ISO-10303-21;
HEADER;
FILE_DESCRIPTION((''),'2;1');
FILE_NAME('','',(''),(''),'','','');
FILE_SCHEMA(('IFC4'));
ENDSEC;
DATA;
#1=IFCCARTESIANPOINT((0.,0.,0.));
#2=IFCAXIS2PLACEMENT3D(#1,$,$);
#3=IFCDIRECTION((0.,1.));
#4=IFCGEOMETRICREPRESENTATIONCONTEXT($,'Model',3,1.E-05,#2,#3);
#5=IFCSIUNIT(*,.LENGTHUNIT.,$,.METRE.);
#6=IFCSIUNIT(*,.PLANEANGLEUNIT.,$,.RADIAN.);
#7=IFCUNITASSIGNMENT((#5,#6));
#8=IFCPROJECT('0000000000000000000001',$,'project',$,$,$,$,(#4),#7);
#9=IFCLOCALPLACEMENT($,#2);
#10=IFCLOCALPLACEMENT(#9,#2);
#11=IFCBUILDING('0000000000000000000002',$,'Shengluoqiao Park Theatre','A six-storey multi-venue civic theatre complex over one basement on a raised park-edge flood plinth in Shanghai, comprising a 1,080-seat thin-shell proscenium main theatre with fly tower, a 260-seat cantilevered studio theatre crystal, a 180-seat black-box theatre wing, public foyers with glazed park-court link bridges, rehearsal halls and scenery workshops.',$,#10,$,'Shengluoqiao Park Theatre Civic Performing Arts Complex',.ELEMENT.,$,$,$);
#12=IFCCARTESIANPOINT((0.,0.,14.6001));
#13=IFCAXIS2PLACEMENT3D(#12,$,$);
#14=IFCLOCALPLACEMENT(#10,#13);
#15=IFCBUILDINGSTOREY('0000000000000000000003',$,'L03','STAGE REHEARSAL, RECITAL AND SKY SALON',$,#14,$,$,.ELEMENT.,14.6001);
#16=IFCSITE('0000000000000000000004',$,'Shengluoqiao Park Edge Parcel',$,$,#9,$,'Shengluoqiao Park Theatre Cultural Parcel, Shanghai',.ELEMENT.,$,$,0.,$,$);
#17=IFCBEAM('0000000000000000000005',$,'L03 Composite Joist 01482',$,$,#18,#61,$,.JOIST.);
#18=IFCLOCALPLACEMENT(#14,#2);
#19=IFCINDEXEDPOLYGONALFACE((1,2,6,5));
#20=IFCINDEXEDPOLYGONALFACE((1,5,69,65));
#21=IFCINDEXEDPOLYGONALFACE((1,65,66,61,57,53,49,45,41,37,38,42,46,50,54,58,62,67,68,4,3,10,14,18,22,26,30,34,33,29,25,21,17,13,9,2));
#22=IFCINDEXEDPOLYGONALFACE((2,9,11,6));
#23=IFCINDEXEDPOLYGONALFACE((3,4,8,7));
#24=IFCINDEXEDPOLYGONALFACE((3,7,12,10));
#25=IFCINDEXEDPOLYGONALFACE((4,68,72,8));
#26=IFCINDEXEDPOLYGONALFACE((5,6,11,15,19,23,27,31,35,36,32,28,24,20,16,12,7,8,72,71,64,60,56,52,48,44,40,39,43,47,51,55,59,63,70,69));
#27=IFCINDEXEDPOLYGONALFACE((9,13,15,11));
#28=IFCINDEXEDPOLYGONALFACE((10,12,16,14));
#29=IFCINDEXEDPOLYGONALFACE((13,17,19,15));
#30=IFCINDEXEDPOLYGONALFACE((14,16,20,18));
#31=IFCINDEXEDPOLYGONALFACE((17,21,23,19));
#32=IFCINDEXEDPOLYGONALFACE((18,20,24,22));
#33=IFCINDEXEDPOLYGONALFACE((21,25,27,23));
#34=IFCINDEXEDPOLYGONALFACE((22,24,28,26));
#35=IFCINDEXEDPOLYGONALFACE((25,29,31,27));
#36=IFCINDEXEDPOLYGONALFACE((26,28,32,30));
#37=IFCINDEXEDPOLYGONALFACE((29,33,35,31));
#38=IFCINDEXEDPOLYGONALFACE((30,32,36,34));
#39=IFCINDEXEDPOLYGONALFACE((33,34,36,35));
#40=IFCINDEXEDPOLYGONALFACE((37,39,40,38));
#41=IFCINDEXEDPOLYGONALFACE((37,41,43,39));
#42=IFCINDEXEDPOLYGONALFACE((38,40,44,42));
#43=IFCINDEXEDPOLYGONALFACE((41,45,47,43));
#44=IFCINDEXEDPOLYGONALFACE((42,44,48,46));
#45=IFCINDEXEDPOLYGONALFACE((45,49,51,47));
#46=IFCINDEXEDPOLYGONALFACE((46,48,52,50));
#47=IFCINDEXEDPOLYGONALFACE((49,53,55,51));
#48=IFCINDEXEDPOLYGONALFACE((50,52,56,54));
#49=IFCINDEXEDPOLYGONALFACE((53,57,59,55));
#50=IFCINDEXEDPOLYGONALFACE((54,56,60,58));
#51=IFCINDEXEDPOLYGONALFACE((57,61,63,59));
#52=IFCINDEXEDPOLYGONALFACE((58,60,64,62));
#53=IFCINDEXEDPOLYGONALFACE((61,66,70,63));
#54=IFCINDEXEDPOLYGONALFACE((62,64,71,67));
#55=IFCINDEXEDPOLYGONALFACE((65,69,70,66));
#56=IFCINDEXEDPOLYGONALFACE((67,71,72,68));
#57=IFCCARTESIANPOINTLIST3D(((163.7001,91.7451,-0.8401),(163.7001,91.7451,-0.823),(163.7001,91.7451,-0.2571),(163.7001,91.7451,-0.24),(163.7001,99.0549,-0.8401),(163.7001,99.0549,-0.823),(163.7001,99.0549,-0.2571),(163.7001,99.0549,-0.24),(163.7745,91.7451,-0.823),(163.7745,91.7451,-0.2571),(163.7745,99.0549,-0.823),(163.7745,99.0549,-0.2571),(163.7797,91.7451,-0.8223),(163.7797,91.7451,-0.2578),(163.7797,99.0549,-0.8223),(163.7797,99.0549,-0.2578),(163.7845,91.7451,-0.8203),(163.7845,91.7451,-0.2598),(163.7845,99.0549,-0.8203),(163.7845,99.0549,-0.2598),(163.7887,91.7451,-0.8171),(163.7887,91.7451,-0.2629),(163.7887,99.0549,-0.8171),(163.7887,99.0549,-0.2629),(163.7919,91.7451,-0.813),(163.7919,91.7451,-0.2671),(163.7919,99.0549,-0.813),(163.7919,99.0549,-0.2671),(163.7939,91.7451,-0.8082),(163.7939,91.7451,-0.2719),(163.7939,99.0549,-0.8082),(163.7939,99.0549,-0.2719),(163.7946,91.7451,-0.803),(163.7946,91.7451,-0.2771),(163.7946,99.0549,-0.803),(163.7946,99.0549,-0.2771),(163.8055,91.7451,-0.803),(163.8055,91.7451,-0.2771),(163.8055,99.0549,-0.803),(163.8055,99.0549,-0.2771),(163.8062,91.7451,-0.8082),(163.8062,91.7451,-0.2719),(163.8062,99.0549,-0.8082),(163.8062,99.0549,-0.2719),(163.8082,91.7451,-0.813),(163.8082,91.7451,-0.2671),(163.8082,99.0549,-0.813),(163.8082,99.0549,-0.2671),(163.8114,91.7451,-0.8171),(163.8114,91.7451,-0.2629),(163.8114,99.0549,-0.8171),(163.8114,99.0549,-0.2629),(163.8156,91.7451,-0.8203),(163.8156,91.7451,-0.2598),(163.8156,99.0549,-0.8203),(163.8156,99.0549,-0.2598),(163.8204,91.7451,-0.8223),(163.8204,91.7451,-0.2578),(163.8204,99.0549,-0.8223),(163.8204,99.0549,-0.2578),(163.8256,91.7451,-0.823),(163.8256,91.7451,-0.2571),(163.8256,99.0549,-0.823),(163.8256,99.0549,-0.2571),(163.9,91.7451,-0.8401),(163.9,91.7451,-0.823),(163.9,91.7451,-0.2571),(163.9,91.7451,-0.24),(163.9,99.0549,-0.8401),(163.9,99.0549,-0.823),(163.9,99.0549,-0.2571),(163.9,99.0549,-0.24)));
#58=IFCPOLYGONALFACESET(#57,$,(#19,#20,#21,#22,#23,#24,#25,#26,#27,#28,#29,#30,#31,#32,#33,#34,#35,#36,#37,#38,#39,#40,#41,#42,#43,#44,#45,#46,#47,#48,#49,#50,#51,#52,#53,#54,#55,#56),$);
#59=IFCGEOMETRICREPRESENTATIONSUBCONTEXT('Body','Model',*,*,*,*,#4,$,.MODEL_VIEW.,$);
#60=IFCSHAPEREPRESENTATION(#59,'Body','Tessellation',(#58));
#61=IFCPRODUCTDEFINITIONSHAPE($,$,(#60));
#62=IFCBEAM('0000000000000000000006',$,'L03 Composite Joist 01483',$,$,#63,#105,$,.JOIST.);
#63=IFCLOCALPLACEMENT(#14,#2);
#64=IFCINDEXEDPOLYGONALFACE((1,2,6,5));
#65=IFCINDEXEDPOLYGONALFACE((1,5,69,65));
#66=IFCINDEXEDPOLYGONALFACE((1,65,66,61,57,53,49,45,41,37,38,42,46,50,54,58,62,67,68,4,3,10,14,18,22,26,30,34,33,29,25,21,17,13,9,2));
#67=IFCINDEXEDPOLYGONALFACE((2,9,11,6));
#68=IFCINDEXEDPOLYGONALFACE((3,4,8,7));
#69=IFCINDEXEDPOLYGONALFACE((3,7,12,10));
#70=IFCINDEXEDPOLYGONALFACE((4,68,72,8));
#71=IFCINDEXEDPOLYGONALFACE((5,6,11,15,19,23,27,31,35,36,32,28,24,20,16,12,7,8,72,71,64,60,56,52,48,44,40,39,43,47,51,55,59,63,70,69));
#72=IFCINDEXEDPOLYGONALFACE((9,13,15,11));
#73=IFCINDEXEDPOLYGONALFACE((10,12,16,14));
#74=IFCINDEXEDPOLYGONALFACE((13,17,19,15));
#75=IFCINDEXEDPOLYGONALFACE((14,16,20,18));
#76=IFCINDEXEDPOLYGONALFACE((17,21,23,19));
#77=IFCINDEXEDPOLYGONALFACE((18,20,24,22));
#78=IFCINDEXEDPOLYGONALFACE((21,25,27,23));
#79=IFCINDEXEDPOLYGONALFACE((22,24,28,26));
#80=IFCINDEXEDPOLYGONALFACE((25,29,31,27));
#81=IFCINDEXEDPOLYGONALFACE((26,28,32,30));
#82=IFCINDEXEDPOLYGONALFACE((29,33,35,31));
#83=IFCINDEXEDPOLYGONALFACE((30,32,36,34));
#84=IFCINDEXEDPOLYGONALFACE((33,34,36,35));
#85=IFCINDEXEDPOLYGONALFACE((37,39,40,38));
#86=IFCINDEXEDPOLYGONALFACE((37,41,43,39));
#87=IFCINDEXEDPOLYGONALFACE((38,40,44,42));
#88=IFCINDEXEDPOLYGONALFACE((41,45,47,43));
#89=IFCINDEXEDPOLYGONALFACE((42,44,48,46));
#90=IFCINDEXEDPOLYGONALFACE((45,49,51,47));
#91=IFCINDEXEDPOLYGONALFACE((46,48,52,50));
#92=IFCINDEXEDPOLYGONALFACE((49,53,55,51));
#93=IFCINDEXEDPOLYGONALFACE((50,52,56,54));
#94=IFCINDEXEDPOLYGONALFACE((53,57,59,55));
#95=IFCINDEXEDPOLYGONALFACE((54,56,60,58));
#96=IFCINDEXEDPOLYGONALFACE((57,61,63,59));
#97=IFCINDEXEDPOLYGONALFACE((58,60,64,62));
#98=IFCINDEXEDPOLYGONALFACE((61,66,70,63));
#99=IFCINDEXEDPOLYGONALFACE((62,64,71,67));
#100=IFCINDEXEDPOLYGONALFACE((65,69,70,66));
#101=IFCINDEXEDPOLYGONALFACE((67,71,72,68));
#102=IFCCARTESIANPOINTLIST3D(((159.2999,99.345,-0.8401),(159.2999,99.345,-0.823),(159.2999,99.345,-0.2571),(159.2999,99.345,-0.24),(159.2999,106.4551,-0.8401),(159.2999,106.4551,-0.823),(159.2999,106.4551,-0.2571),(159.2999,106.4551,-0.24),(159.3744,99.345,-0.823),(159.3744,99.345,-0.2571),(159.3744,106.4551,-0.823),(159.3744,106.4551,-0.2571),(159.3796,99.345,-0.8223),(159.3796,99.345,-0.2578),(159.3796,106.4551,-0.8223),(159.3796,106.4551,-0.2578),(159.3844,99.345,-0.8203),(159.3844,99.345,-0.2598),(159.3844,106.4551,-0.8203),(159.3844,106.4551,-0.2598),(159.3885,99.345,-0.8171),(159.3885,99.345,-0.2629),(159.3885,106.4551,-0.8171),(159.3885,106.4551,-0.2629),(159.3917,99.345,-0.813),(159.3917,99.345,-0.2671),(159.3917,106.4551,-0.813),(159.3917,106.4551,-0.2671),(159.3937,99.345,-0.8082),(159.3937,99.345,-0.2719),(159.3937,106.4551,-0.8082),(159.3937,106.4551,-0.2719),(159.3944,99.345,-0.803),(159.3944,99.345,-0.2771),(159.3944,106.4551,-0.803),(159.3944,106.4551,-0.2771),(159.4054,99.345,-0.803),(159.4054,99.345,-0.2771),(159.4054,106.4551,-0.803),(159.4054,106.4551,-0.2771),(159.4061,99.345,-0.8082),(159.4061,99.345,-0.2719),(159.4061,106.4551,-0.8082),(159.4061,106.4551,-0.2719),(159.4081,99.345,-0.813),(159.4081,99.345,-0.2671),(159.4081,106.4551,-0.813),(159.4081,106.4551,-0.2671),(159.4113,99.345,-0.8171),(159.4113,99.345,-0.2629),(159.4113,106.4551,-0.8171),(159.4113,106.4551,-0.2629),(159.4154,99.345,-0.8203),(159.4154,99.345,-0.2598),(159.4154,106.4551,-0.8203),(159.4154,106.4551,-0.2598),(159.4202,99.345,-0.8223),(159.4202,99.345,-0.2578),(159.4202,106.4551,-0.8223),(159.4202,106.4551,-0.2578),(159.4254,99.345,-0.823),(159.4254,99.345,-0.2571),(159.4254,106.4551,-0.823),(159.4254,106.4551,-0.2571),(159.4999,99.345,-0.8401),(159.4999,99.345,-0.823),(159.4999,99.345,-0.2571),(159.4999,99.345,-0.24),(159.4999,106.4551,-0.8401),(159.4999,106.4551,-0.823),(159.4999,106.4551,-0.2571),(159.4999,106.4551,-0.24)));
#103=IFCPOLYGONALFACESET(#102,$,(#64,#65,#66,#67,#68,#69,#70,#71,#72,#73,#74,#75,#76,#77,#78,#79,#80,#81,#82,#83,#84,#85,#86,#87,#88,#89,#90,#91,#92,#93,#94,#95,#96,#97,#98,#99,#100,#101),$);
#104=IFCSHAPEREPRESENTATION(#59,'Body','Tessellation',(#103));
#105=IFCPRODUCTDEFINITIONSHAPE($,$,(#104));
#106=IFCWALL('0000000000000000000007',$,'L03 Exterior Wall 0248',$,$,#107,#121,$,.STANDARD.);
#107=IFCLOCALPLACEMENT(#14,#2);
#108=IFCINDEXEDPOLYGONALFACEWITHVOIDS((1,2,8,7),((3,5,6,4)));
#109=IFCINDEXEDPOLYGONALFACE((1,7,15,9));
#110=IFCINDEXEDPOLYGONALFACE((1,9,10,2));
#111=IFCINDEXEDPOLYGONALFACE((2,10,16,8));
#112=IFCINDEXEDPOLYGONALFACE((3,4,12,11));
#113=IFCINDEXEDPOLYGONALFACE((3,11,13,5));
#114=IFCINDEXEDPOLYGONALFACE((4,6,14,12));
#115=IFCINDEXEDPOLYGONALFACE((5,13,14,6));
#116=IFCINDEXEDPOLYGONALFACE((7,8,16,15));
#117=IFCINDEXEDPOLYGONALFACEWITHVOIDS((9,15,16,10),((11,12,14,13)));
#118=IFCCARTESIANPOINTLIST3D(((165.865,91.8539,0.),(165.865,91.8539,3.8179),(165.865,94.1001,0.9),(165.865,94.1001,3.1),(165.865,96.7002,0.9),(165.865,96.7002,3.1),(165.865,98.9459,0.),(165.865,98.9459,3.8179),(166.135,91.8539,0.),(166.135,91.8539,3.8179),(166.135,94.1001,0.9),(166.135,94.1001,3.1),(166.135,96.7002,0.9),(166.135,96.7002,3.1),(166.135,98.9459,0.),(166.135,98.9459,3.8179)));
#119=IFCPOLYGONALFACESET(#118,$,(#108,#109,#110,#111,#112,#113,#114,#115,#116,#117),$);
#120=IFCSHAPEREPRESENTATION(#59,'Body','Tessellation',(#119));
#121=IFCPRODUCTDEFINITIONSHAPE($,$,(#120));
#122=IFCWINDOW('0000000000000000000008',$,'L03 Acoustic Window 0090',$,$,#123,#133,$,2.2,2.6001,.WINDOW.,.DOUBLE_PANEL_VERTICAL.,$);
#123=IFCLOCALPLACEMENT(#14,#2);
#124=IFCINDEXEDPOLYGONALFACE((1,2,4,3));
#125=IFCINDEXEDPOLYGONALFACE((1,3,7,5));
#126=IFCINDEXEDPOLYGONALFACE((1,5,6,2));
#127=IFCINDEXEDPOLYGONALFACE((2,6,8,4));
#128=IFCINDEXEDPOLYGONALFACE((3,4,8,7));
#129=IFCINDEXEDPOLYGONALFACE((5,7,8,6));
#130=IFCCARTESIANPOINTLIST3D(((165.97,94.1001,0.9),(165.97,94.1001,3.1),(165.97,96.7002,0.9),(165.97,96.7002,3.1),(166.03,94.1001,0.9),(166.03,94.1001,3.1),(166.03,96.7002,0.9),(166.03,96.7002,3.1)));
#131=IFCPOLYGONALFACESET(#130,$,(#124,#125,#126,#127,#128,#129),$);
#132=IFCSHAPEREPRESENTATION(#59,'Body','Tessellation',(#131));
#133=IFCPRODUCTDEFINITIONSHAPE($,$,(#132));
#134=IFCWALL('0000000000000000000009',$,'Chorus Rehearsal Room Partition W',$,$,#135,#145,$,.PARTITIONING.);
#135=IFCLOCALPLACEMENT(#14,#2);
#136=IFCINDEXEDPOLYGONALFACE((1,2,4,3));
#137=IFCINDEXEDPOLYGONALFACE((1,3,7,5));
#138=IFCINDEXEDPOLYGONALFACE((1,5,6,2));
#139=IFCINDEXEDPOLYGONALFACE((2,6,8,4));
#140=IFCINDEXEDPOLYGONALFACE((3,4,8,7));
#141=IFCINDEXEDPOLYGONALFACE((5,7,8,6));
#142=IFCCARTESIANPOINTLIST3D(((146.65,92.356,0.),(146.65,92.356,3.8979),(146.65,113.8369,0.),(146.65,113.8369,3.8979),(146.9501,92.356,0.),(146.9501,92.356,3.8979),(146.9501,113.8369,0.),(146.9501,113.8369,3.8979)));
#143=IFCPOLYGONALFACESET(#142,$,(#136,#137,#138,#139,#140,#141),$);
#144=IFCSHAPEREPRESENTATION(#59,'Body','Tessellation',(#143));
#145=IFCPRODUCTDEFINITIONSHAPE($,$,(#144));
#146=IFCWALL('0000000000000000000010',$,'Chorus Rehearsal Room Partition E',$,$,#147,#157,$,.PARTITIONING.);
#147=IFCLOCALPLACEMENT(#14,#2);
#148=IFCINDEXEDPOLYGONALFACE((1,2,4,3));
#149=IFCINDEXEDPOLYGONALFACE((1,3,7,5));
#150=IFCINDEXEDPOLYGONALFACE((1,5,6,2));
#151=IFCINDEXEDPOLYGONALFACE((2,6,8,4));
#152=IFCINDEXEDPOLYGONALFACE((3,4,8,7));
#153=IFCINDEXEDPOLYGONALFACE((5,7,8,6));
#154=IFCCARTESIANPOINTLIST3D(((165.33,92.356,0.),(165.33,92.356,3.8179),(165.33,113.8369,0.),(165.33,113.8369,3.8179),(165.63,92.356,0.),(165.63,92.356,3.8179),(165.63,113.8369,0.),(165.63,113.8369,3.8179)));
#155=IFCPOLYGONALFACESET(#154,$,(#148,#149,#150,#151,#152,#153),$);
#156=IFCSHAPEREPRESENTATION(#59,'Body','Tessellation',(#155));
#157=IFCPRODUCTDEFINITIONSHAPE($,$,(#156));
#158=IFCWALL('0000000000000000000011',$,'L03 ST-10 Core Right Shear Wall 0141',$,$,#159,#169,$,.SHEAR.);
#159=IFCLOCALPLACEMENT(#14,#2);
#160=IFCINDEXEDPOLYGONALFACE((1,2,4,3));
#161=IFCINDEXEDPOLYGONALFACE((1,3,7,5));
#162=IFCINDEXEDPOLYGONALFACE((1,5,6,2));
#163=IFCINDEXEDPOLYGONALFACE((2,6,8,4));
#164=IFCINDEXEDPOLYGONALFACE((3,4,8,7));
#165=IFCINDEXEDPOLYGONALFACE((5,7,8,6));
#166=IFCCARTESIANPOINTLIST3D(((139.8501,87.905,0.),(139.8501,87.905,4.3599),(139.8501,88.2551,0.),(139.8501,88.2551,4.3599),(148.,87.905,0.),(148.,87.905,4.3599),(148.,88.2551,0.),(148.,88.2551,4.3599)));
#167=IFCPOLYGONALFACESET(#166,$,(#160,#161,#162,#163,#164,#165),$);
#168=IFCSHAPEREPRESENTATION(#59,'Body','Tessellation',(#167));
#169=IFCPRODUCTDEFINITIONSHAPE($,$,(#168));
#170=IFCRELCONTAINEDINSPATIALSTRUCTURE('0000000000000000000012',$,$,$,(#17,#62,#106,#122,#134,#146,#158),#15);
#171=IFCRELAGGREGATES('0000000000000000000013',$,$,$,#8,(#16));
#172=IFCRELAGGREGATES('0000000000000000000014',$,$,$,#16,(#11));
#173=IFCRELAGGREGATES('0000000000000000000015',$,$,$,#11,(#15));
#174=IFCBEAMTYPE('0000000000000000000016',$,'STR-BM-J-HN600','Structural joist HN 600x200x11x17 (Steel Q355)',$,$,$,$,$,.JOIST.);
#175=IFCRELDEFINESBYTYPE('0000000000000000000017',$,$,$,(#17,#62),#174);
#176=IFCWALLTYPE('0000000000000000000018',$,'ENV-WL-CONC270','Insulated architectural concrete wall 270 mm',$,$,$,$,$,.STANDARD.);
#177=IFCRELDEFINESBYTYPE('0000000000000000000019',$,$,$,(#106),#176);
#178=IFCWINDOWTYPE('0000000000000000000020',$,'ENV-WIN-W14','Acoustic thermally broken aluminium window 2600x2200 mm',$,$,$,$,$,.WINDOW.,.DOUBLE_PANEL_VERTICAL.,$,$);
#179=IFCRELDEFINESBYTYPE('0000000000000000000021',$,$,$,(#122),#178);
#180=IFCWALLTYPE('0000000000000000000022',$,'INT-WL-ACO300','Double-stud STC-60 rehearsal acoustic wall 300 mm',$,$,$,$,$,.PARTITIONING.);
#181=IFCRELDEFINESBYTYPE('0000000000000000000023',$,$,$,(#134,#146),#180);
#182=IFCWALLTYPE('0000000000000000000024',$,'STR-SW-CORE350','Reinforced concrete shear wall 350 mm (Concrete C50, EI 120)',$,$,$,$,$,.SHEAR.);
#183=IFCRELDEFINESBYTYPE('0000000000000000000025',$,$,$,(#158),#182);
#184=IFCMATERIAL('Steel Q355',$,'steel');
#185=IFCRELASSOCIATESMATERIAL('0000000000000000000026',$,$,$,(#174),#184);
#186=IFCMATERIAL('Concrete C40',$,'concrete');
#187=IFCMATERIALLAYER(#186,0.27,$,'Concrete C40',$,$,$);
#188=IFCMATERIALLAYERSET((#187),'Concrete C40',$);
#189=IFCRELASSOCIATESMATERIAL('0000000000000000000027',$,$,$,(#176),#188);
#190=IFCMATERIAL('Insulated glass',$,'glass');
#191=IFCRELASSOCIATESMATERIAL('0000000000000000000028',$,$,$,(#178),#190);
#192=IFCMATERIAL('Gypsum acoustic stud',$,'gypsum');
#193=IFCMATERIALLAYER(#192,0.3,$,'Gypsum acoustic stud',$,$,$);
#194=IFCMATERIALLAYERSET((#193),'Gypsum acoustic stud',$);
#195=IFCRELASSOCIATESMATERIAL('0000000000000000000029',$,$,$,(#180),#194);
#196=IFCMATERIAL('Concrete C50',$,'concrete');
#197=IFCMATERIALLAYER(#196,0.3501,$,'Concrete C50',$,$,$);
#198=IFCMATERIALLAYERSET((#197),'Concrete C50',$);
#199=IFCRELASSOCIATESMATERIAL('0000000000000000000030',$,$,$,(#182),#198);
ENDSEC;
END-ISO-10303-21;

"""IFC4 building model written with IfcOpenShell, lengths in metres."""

from ifc_helpers import new_model, si_unit, direction, frame, frame_2d, origin, origin_2d, place, context, subcontext, project, spatial, rectangle, i_section, extrude, material, layer, layer_set, material_profile, profile_set, type_object, element, fill, save


model = new_model("IFC4")

# Units and contexts
model_context = context("Model", 3, precision=1e-05, world=origin(), true_north=direction((0.0, 1.0)))
body_context = subcontext(model_context, "Body", "Model", "MODEL_VIEW")
ifc_project = project(units=[si_unit("LENGTHUNIT", "METRE"), si_unit("PLANEANGLEUNIT", "RADIAN")], contexts=[model_context])

# Site, building, storey
site_placement = place(None, origin())
site = spatial("IfcSite", under=ifc_project, at=site_placement, Name="Shengluoqiao Park Edge Parcel", LongName="Shengluoqiao Park Theatre Cultural Parcel, Shanghai", CompositionType="ELEMENT", RefElevation=0.0)
building_placement = place(site_placement, origin())
building = spatial("IfcBuilding", under=site, at=building_placement, Name="Shengluoqiao Park Theatre", Description="A six-storey multi-venue civic theatre complex over one basement on a raised park-edge flood plinth in Shanghai, comprising a 1,080-seat thin-shell proscenium main theatre with fly tower, a 260-seat cantilevered studio theatre crystal, a 180-seat black-box theatre wing, public foyers with glazed park-court link bridges, rehearsal halls and scenery workshops.", LongName="Shengluoqiao Park Theatre Civic Performing Arts Complex", CompositionType="ELEMENT")
storey_placement = place(building_placement, frame((0.0, 0.0, 14.6001)))
storey = spatial("IfcBuildingStorey", under=building, at=storey_placement, Name="L03", Description="STAGE REHEARSAL, RECITAL AND SKY SALON", CompositionType="ELEMENT", Elevation=14.6001)

# Shared definitions
ifc_material_1 = material(Name="Concrete C40", Category="concrete")

# Beams
ifc_material_2 = material(Name="Steel Q355", Category="steel")
ifc_material_profile_1 = material_profile(ifc_material_2, i_section(OverallWidth=0.2, OverallDepth=0.6001, WebThickness=0.011, FlangeThickness=0.0171, FilletRadius=0.02, at=origin_2d()), Name="HN 600x200x11x17")
ifc_profile_set_1 = profile_set([ifc_material_profile_1], Name="Steel Q355")
beam_type_1 = type_object("IfcBeamType", Name="STR-BM-J-HN600", Description="Structural joist HN 600x200x11x17 (Steel Q355)", PredefinedType="JOIST", material=ifc_profile_set_1)
for number, where, z_axis, x_axis, name in (
    (1, (163.8, 91.7451, -0.54), (0.0, 1.0, 0.0), (-1.0, 0.0, 0.0), "L03 Composite Joist 01482"),
):
    element("IfcBeam", number, at=place(storey_placement, frame(where, z_axis=z_axis, x_axis=x_axis)), inside=storey, type_object=beam_type_1, Name=name, PredefinedType="JOIST", context=body_context, shape_type="SweptSolid", body=[
        extrude(i_section(OverallWidth=0.2, OverallDepth=0.6001, WebThickness=0.011, FlangeThickness=0.0171, FilletRadius=0.02, at=origin_2d()), origin(), (0.0, 0.0, 1.0), 7.3098),
    ])
beam_1_placement = place(storey_placement, frame((159.3999, 99.345, -0.54), z_axis=(0.0, 1.0, 0.0), x_axis=(-1.0, 0.0, 0.0)))
element("IfcBeam", 2, at=beam_1_placement, inside=storey, type_object=beam_type_1, Name="L03 Composite Joist 01483", PredefinedType="JOIST", context=body_context, shape_type="SweptSolid", body=[
    extrude(i_section(OverallWidth=0.2, OverallDepth=0.6001, WebThickness=0.011, FlangeThickness=0.0171, FilletRadius=0.02, at=origin_2d()), origin(), (0.0, 0.0, 1.0), 7.1101),
])

# Wall, opening, window
ifc_layer_1 = layer(ifc_material_1, 0.27, Name="Concrete C40")
ifc_layer_set_1 = layer_set([ifc_layer_1], Name="Concrete C40")
wall_type_1 = type_object("IfcWallType", Name="ENV-WL-CONC270", Description="Insulated architectural concrete wall 270 mm", PredefinedType="STANDARD", material=ifc_layer_set_1)
wall_1_placement = place(storey_placement, frame((166.0, 91.854, 0.0), z_axis=(0.0, 0.0, 1.0), x_axis=(0.0, 1.0, 0.0)))
wall_1 = element("IfcWall", 3, at=wall_1_placement, inside=storey, type_object=wall_type_1, Name="L03 Exterior Wall 0248", PredefinedType="STANDARD", context=body_context, shape_type="SweptSolid", body=[
    extrude(rectangle(XDim=7.092, YDim=0.27, at=frame_2d((3.5459, 0.0))), origin(), (0.0, 0.0, 1.0), 3.8179),
])
opening_placement = place(wall_1_placement, frame((2.2461, 0.0, 0.8999)))
opening = element("IfcOpeningElement", 4, at=opening_placement, cuts=wall_1, PredefinedType="OPENING", context=body_context, shape_type="SweptSolid", body=[
    extrude(rectangle(XDim=2.6001, YDim=2.2, at=frame_2d((1.3, 1.1001))), frame((0.0, 0.145, 0.0), z_axis=(0.0, -1.0, 0.0), x_axis=(1.0, 0.0, 0.0)), (0.0, 0.0, 1.0), 0.29),
])
ifc_material_3 = material(Name="Insulated glass", Category="glass")
window_type = type_object("IfcWindowType", Name="ENV-WIN-W14", Description="Acoustic thermally broken aluminium window 2600x2200 mm", PartitioningType="DOUBLE_PANEL_VERTICAL", PredefinedType="WINDOW", material=ifc_material_3)
window_placement = place(opening_placement, origin())
window = element("IfcWindow", 5, at=window_placement, inside=storey, type_object=window_type, Name="L03 Acoustic Window 0090", OverallHeight=2.2, OverallWidth=2.6001, PartitioningType="DOUBLE_PANEL_VERTICAL", PredefinedType="WINDOW", context=body_context, shape_type="SweptSolid", body=[
    extrude(rectangle(XDim=2.6001, YDim=2.2, at=frame_2d((1.3, 1.1001))), frame((0.0, 0.03, 0.0), z_axis=(0.0, -1.0, 0.0), x_axis=(1.0, 0.0, 0.0)), (0.0, 0.0, 1.0), 0.0601),
])
fill(opening, window)

# Walls
ifc_material_4 = material(Name="Gypsum acoustic stud", Category="gypsum")
ifc_layer_2 = layer(ifc_material_4, 0.3, Name="Gypsum acoustic stud")
ifc_layer_set_2 = layer_set([ifc_layer_2], Name="Gypsum acoustic stud")
wall_type_2 = type_object("IfcWallType", Name="INT-WL-ACO300", Description="Double-stud STC-60 rehearsal acoustic wall 300 mm", PredefinedType="PARTITIONING", material=ifc_layer_set_2)
wall_2_placement = place(storey_placement, frame((146.8, 92.356, 0.0), z_axis=(0.0, 0.0, 1.0), x_axis=(0.0, 1.0, 0.0)))
element("IfcWall", 6, at=wall_2_placement, inside=storey, type_object=wall_type_2, Name="Chorus Rehearsal Room Partition W", PredefinedType="PARTITIONING", context=body_context, shape_type="SweptSolid", body=[
    extrude(rectangle(XDim=21.481, YDim=0.3, at=frame_2d((10.7405, 0.0))), origin(), (0.0, 0.0, 1.0), 3.8979),
])
wall_3_placement = place(storey_placement, frame((165.48, 92.356, 0.0), z_axis=(0.0, 0.0, 1.0), x_axis=(0.0, 1.0, 0.0)))
element("IfcWall", 7, at=wall_3_placement, inside=storey, type_object=wall_type_2, Name="Chorus Rehearsal Room Partition E", PredefinedType="PARTITIONING", context=body_context, shape_type="SweptSolid", body=[
    extrude(rectangle(XDim=21.481, YDim=0.3, at=frame_2d((10.7405, 0.0))), origin(), (0.0, 0.0, 1.0), 3.8179),
])
ifc_material_5 = material(Name="Concrete C50", Category="concrete")
ifc_layer_3 = layer(ifc_material_5, 0.3501, Name="Concrete C50")
ifc_layer_set_3 = layer_set([ifc_layer_3], Name="Concrete C50")
wall_type_3 = type_object("IfcWallType", Name="STR-SW-CORE350", Description="Reinforced concrete shear wall 350 mm (Concrete C50, EI 120)", PredefinedType="SHEAR", material=ifc_layer_set_3)
wall_4_placement = place(storey_placement, frame((148.0, 88.0801, 0.0), z_axis=(0.0, 0.0, 1.0), x_axis=(-1.0, 0.0, 0.0)))
element("IfcWall", 8, at=wall_4_placement, inside=storey, type_object=wall_type_3, Name="L03 ST-10 Core Right Shear Wall 0141", PredefinedType="SHEAR", context=body_context, shape_type="SweptSolid", body=[
    extrude(rectangle(XDim=8.1499, YDim=0.3501, at=frame_2d((4.075, 0.0))), origin(), (0.0, 0.0, 1.0), 4.3599),
])

save(model, "model.ifc")
